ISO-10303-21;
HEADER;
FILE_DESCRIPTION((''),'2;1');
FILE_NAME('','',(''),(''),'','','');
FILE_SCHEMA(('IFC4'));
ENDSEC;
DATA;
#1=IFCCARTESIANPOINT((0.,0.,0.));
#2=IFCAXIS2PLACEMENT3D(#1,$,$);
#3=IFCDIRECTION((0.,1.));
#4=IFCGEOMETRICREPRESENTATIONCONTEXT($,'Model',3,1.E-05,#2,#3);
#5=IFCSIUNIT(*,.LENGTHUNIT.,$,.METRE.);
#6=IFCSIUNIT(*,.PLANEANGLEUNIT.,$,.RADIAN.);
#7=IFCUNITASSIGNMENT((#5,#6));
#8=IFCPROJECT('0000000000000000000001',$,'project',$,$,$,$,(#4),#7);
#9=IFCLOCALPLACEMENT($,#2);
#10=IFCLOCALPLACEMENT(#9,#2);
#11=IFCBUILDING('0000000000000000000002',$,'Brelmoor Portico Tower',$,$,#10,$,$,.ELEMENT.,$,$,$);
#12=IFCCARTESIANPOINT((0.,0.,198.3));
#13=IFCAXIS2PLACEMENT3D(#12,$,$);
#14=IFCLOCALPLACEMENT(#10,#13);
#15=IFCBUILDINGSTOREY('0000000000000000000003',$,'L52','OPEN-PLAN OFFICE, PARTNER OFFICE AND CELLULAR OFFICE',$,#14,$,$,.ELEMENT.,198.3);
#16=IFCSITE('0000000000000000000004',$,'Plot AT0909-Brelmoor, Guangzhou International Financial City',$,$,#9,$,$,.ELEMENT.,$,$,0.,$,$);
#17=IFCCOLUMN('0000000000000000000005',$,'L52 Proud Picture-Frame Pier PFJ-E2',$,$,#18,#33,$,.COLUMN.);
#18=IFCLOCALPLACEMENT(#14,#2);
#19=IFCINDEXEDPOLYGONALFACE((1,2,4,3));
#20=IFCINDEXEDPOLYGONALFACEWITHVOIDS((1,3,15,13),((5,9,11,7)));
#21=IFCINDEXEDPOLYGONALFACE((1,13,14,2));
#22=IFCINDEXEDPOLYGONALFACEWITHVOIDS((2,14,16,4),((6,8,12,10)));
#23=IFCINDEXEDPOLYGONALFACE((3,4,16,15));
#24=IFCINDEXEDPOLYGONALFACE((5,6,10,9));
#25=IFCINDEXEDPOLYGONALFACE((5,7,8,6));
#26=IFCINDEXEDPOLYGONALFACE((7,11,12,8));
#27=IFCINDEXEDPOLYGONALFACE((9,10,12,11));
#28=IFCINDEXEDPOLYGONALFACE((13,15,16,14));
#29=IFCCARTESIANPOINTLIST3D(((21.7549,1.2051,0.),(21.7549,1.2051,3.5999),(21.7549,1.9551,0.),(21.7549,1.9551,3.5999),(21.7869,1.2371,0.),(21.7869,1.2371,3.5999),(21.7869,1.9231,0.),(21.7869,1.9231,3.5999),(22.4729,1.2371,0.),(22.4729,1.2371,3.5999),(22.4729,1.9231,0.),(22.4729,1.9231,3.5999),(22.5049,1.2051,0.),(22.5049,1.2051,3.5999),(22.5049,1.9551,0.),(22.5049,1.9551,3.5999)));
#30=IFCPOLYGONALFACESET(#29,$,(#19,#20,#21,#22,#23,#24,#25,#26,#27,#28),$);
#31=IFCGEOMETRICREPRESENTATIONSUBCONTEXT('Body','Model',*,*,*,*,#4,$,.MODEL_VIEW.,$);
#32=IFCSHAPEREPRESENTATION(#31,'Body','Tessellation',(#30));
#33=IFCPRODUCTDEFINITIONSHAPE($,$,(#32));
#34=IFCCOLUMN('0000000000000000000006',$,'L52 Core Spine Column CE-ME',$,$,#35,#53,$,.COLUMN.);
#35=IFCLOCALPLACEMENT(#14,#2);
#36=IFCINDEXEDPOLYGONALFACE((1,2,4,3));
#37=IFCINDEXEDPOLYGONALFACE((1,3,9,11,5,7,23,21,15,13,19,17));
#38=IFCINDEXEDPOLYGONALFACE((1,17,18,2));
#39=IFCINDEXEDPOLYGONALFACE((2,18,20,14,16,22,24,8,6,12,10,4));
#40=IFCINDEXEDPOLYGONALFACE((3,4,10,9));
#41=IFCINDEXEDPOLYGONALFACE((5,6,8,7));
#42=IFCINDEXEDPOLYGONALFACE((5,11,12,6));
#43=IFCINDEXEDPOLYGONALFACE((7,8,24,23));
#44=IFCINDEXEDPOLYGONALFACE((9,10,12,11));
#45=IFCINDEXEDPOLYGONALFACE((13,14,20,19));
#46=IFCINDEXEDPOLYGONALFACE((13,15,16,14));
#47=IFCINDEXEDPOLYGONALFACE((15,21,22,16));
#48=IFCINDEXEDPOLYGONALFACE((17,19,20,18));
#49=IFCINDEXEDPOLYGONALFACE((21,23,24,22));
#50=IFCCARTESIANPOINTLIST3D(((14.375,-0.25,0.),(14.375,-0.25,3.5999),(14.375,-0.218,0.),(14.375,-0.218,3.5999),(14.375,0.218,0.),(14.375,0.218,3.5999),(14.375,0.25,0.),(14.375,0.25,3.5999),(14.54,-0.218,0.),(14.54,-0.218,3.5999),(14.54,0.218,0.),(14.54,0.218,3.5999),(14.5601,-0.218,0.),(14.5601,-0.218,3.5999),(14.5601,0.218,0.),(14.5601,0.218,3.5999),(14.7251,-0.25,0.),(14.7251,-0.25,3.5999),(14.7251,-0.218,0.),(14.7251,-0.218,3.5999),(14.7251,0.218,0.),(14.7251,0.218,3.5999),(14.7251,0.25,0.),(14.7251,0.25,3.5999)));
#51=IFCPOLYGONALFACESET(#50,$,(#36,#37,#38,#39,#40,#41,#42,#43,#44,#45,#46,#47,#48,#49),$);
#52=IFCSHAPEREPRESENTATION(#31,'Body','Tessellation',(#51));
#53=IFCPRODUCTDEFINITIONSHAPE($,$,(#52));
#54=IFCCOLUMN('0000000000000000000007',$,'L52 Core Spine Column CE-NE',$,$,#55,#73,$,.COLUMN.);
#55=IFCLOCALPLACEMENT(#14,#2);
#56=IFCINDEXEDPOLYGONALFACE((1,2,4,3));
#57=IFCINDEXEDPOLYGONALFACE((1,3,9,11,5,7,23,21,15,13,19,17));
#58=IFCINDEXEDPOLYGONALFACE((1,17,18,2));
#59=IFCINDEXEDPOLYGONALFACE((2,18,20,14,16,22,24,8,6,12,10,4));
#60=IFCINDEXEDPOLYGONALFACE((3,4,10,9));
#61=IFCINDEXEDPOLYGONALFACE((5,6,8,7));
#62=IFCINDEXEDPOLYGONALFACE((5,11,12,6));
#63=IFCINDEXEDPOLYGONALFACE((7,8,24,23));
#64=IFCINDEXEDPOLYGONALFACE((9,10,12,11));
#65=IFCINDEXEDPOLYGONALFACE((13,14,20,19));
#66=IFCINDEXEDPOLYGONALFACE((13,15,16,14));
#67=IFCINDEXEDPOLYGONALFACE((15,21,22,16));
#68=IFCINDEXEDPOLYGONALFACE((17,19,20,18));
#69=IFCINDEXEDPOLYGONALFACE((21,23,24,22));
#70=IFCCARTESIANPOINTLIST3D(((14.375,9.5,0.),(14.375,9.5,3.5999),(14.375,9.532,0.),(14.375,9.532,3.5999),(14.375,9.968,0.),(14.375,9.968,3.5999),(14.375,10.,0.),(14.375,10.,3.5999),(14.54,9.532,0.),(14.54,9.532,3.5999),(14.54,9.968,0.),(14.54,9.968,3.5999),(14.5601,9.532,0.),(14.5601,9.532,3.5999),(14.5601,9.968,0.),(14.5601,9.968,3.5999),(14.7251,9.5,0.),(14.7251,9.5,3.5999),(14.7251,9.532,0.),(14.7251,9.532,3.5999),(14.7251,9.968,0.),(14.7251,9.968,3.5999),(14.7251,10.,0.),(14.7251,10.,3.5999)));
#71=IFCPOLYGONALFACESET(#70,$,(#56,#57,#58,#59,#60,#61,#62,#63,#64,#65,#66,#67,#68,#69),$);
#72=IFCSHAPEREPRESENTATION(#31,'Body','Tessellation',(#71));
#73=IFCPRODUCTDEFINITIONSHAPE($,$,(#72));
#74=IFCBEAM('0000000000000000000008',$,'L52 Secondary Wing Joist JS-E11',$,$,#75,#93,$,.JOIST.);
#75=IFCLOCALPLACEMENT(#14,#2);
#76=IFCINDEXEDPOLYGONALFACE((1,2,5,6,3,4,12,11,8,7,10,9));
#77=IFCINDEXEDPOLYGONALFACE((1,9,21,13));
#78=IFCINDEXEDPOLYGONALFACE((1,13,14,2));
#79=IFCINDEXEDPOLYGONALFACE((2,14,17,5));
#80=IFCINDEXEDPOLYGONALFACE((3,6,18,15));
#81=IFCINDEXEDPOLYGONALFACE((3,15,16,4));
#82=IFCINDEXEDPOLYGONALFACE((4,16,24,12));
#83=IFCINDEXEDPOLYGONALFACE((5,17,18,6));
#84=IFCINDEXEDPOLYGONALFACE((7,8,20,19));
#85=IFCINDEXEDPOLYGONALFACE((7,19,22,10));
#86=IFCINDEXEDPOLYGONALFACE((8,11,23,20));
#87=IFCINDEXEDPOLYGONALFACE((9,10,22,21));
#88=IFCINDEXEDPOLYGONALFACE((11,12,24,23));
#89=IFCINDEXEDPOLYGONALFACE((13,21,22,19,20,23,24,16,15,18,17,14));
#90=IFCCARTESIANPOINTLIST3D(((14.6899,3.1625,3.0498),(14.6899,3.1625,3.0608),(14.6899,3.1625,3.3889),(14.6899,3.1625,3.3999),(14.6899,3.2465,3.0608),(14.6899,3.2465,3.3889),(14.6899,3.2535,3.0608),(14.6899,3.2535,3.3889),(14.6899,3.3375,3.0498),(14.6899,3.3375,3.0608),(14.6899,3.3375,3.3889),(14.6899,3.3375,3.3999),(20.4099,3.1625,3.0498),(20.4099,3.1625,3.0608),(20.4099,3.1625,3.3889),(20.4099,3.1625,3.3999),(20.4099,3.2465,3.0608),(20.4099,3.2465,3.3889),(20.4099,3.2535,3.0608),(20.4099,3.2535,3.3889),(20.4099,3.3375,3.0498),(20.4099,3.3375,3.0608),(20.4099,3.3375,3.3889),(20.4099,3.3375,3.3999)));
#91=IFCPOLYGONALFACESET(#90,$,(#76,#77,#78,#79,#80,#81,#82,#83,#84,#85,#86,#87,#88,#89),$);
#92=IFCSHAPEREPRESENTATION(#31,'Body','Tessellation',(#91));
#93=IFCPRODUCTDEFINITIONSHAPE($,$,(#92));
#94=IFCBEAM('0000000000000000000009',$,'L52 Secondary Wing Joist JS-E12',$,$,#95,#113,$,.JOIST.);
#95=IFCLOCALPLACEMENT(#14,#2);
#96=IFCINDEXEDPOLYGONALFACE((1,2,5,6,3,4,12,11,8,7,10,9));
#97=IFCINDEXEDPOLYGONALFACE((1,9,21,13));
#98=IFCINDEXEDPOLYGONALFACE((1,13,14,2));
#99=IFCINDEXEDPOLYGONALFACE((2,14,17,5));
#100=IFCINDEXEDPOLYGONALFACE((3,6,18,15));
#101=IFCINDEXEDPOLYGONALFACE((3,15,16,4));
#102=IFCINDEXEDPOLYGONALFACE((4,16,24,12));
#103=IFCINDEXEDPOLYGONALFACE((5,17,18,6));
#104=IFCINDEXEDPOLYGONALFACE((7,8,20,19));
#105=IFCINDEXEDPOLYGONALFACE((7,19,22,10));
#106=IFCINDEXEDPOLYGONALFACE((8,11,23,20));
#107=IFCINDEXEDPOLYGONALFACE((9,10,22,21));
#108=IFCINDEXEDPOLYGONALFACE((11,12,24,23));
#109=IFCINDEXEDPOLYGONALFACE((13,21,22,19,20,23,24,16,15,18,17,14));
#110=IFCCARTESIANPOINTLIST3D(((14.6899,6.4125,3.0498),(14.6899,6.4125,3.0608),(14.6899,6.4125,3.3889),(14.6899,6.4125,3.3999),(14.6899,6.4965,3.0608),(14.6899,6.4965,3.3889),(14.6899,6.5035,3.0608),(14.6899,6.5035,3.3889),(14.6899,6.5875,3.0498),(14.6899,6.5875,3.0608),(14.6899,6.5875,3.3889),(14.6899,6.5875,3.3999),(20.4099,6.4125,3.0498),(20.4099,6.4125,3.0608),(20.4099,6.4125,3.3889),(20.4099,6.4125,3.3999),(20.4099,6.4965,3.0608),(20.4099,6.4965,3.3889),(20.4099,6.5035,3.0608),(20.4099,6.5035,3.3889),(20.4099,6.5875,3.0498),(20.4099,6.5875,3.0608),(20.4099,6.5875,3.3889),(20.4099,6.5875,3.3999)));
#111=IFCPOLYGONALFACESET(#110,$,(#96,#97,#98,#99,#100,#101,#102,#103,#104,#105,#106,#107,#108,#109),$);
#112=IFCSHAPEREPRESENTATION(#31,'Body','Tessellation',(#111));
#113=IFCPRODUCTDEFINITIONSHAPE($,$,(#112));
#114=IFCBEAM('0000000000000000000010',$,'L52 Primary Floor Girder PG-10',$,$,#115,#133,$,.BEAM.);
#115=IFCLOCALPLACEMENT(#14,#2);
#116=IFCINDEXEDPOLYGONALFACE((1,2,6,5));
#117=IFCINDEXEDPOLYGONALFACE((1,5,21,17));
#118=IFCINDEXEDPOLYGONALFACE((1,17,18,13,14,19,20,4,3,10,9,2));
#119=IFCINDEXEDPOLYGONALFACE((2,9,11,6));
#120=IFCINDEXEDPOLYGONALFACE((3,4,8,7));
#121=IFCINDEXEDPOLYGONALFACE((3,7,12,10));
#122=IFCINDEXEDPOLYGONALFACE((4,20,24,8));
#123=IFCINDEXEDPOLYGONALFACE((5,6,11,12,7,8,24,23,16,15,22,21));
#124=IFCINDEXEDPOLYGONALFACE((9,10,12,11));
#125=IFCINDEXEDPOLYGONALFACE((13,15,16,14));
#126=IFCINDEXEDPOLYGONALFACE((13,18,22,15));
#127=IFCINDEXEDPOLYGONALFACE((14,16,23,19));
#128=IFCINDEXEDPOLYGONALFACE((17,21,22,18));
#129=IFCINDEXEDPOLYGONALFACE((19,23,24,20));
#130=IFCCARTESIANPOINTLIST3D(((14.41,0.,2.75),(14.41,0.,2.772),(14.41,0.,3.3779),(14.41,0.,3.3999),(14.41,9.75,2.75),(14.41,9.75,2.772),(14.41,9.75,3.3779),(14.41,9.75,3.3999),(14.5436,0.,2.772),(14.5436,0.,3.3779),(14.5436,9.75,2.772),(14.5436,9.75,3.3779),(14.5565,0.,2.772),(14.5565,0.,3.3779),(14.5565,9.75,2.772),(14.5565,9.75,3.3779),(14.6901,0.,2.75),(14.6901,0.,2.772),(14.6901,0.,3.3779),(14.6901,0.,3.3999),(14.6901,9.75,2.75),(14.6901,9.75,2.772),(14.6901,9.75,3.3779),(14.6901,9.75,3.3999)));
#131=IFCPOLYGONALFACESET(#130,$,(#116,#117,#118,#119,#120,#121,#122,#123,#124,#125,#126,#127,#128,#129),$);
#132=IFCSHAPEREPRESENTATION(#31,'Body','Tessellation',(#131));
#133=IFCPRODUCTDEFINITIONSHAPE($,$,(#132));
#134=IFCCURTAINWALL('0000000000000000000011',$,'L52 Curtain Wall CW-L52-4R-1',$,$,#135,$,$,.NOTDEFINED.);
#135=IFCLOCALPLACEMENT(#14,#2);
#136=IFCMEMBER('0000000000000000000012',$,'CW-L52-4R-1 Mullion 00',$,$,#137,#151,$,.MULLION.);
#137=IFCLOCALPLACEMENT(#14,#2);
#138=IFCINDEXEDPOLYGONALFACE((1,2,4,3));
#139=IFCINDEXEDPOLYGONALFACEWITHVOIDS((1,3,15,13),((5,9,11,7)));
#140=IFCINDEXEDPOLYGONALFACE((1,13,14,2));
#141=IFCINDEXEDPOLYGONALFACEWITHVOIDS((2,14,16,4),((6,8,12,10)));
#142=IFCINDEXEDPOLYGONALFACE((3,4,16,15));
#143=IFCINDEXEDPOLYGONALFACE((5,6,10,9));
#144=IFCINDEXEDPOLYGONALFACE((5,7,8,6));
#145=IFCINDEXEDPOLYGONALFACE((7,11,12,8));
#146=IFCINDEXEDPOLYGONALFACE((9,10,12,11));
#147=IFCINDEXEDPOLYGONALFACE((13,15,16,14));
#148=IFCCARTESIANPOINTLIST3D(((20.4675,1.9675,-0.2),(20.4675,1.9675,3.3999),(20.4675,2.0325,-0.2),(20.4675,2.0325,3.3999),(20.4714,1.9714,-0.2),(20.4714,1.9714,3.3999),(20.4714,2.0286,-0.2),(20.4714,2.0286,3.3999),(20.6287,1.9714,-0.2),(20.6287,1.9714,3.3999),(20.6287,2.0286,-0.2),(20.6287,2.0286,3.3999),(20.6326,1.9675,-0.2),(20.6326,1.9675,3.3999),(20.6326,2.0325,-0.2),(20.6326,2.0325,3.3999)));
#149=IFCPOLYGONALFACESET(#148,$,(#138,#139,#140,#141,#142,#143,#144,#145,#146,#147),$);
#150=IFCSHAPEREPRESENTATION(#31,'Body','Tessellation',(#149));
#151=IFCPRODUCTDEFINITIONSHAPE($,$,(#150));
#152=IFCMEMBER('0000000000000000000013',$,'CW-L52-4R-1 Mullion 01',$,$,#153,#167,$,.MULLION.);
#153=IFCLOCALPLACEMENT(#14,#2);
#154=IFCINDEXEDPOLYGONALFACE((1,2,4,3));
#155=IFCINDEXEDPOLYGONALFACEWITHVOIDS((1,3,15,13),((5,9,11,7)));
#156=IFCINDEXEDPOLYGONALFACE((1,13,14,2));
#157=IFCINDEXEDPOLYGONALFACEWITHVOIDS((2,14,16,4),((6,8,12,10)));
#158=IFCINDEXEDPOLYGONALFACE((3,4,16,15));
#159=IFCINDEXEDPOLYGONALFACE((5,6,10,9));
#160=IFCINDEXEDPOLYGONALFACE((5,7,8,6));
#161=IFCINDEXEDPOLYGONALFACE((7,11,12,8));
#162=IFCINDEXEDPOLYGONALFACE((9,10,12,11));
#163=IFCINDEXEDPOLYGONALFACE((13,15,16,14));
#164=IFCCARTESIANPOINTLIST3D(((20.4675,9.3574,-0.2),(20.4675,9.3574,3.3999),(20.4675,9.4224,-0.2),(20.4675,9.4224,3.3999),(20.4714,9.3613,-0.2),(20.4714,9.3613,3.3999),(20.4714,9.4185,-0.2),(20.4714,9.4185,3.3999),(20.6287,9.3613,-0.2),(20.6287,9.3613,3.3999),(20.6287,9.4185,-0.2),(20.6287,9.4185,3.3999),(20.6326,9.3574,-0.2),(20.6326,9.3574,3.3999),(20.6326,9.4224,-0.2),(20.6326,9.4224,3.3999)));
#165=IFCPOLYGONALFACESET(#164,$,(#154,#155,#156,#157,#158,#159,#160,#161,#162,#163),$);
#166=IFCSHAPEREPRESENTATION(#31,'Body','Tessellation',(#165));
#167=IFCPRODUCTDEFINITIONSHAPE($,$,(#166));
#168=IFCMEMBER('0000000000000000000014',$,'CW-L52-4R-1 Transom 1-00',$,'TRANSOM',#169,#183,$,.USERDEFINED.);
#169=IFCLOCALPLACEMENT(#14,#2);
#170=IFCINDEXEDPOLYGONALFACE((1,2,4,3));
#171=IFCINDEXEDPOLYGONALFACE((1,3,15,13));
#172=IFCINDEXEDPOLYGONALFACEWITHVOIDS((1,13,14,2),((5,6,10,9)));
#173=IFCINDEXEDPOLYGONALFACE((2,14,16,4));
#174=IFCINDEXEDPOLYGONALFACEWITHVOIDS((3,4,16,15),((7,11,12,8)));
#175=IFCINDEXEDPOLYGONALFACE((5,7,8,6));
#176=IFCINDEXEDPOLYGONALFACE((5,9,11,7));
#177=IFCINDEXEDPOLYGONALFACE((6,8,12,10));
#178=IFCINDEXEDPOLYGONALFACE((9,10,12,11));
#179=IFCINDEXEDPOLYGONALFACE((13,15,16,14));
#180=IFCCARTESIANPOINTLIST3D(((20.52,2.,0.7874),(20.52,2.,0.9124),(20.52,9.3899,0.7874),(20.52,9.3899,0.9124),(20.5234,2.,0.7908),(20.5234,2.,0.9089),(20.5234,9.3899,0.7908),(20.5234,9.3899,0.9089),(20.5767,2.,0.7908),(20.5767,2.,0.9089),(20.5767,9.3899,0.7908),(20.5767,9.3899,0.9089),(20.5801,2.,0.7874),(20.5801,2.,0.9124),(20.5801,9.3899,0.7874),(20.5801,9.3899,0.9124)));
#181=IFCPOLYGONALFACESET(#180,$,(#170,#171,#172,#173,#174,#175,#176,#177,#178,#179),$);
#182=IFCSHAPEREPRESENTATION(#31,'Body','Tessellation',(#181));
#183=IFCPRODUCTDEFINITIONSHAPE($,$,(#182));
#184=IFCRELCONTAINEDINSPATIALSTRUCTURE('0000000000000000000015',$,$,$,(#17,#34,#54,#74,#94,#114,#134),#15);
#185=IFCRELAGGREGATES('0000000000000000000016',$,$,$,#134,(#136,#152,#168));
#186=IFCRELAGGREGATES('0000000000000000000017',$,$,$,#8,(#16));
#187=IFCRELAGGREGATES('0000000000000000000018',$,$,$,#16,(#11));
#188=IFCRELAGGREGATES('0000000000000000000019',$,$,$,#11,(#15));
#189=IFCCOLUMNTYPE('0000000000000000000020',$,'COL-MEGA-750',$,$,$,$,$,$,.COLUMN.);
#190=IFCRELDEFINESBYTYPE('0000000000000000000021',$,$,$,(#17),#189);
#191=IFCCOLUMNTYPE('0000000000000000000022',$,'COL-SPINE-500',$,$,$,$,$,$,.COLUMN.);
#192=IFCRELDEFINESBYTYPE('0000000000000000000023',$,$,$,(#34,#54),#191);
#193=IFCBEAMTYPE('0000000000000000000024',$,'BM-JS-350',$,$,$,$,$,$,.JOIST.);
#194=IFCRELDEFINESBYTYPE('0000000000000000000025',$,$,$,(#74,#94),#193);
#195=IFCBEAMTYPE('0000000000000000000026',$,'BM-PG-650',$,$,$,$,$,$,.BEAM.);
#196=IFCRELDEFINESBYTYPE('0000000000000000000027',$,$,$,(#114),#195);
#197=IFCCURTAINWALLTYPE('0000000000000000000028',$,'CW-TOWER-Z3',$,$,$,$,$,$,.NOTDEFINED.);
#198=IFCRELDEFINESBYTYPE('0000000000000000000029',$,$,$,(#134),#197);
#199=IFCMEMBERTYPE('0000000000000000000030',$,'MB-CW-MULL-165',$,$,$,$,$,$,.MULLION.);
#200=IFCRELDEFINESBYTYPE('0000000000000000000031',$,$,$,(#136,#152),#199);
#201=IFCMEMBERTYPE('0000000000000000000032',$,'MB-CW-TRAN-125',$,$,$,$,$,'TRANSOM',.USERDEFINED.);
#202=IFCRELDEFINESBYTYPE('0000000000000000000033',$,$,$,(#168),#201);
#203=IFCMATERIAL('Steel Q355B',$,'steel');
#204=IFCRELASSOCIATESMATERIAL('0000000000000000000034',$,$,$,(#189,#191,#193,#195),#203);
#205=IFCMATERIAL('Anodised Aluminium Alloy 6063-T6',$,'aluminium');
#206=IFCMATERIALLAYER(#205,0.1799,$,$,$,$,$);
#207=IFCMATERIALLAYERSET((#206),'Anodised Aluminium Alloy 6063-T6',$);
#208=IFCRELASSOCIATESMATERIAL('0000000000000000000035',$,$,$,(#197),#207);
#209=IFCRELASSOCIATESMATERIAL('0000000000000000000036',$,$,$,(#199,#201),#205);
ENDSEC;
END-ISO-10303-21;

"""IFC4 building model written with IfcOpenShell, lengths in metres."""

from ifc_helpers import new_model, si_unit, direction, frame, origin, origin_2d, place, context, subcontext, project, spatial, hollow_rectangle, i_section, extrude, material, layer, layer_set, material_profile, profile_set, type_object, element, aggregate, save


model = new_model("IFC4")

# Units and contexts
model_context = context("Model", 3, precision=1e-05, world=origin(), true_north=direction((0.0, 1.0)))
body_context = subcontext(model_context, "Body", "Model", "MODEL_VIEW")
ifc_project = project(units=[si_unit("LENGTHUNIT", "METRE"), si_unit("PLANEANGLEUNIT", "RADIAN")], contexts=[model_context])

# Site, building, storey
site_placement = place(None, origin())
site = spatial("IfcSite", under=ifc_project, at=site_placement, Name="Plot AT0909-Brelmoor, Guangzhou International Financial City", CompositionType="ELEMENT", RefElevation=0.0)
building_placement = place(site_placement, origin())
building = spatial("IfcBuilding", under=site, at=building_placement, Name="Brelmoor Portico Tower", CompositionType="ELEMENT")
storey_placement = place(building_placement, frame((0.0, 0.0, 198.3)))
storey = spatial("IfcBuildingStorey", under=building, at=storey_placement, Name="L52", Description="OPEN-PLAN OFFICE, PARTNER OFFICE AND CELLULAR OFFICE", CompositionType="ELEMENT", Elevation=198.3)

# Columns
ifc_material_1 = material(Name="Steel Q355B", Category="steel")
ifc_material_profile_1 = material_profile(ifc_material_1, hollow_rectangle(XDim=0.75, YDim=0.75, WallThickness=0.032, at=origin_2d()), Name="BOX 750x750x32")
ifc_profile_set_1 = profile_set([ifc_material_profile_1], Name="Steel Q355B")
column_type_1 = type_object("IfcColumnType", Name="COL-MEGA-750", PredefinedType="COLUMN", material=ifc_profile_set_1)
column_placement = place(storey_placement, frame((22.1299, 1.5801, 0.0), z_axis=(0.0, 0.0, 1.0), x_axis=(0.0, 1.0, 0.0)))
element("IfcColumn", 1, at=column_placement, inside=storey, type_object=column_type_1, Name="L52 Proud Picture-Frame Pier PFJ-E2", PredefinedType="COLUMN", context=body_context, shape_type="SweptSolid", body=[
    extrude(hollow_rectangle(XDim=0.75, YDim=0.75, WallThickness=0.032, at=origin_2d()), origin(), (0.0, 0.0, 1.0), 3.5999),
])
ifc_material_profile_2 = material_profile(ifc_material_1, i_section(OverallWidth=0.3501, OverallDepth=0.5, WebThickness=0.02, FlangeThickness=0.032, at=origin_2d()), Name="HW 500x350x20x32")
ifc_profile_set_2 = profile_set([ifc_material_profile_2], Name="Steel Q355B")
column_type_2 = type_object("IfcColumnType", Name="COL-SPINE-500", PredefinedType="COLUMN", material=ifc_profile_set_2)
for number, where, z_axis, x_axis, name in (
    (2, (14.55, 0.0, 0.0), (0.0, 0.0, 1.0), (1.0, 0.0, 0.0), "L52 Core Spine Column CE-ME"),
    (3, (14.55, 9.75, 0.0), (0.0, 0.0, 1.0), (1.0, 0.0, 0.0), "L52 Core Spine Column CE-NE"),
):
    element("IfcColumn", number, at=place(storey_placement, frame(where, z_axis=z_axis, x_axis=x_axis)), inside=storey, type_object=column_type_2, Name=name, PredefinedType="COLUMN", context=body_context, shape_type="SweptSolid", body=[
        extrude(i_section(OverallWidth=0.3501, OverallDepth=0.5, WebThickness=0.02, FlangeThickness=0.032, at=origin_2d()), origin(), (0.0, 0.0, 1.0), 3.5999),
    ])

# Beams
ifc_material_profile_3 = material_profile(ifc_material_1, i_section(OverallWidth=0.175, OverallDepth=0.3501, WebThickness=0.0071, FlangeThickness=0.011, at=origin_2d()), Name="HN 350x175x7x11")
ifc_profile_set_3 = profile_set([ifc_material_profile_3], Name="Steel Q355B")
beam_type_1 = type_object("IfcBeamType", Name="BM-JS-350", PredefinedType="JOIST", material=ifc_profile_set_3)
for number, where, z_axis, x_axis, name in (
    (4, (14.6899, 3.25, 3.2249), (1.0, 0.0, 0.0), (0.0, 1.0, 0.0), "L52 Secondary Wing Joist JS-E11"),
    (5, (14.6899, 6.5, 3.2249), (1.0, 0.0, 0.0), (0.0, 1.0, 0.0), "L52 Secondary Wing Joist JS-E12"),
):
    element("IfcBeam", number, at=place(storey_placement, frame(where, z_axis=z_axis, x_axis=x_axis)), inside=storey, type_object=beam_type_1, Name=name, PredefinedType="JOIST", context=body_context, shape_type="SweptSolid", body=[
        extrude(i_section(OverallWidth=0.175, OverallDepth=0.3501, WebThickness=0.0071, FlangeThickness=0.011, at=origin_2d()), origin(), (0.0, 0.0, 1.0), 5.72),
    ])
ifc_material_profile_4 = material_profile(ifc_material_1, i_section(OverallWidth=0.28, OverallDepth=0.6499, WebThickness=0.0129, FlangeThickness=0.022, at=origin_2d()), Name="HN 650x280x13x22")
ifc_profile_set_4 = profile_set([ifc_material_profile_4], Name="Steel Q355B")
beam_type_2 = type_object("IfcBeamType", Name="BM-PG-650", PredefinedType="BEAM", material=ifc_profile_set_4)
beam_placement = place(storey_placement, frame((14.55, 0.0, 3.075), z_axis=(0.0, 1.0, 0.0), x_axis=(-1.0, 0.0, 0.0)))
element("IfcBeam", 6, at=beam_placement, inside=storey, type_object=beam_type_2, Name="L52 Primary Floor Girder PG-10", PredefinedType="BEAM", context=body_context, shape_type="SweptSolid", body=[
    extrude(i_section(OverallWidth=0.28, OverallDepth=0.6499, WebThickness=0.0129, FlangeThickness=0.022, at=origin_2d()), origin(), (0.0, 0.0, 1.0), 9.75),
])

# Curtain wall, members
ifc_material_2 = material(Name="Anodised Aluminium Alloy 6063-T6", Category="aluminium")
ifc_layer_1 = layer(ifc_material_2, 0.1799)
ifc_layer_set_1 = layer_set([ifc_layer_1], Name="Anodised Aluminium Alloy 6063-T6")
curtain_wall_type = type_object("IfcCurtainWallType", Name="CW-TOWER-Z3", PredefinedType="NOTDEFINED", material=ifc_layer_set_1)
curtain_wall_placement = place(storey_placement, origin())
curtain_wall = element("IfcCurtainWall", 7, at=curtain_wall_placement, inside=storey, type_object=curtain_wall_type, Name="L52 Curtain Wall CW-L52-4R-1", PredefinedType="NOTDEFINED")
ifc_material_profile_5 = material_profile(ifc_material_2, hollow_rectangle(XDim=0.0649, YDim=0.165, WallThickness=0.0039, at=origin_2d()), Name="ALU MULLION 65x165")
ifc_profile_set_5 = profile_set([ifc_material_profile_5], Name="Anodised Aluminium Alloy 6063-T6")
member_type_1 = type_object("IfcMemberType", Name="MB-CW-MULL-165", PredefinedType="MULLION", material=ifc_profile_set_5)
member_1_placement = place(storey_placement, frame((20.55, 2.0, -0.2), z_axis=(0.0, 0.0, 1.0), x_axis=(0.0, 1.0, 0.0)))
member_1 = element("IfcMember", 8, at=member_1_placement, type_object=member_type_1, Name="CW-L52-4R-1 Mullion 00", PredefinedType="MULLION", context=body_context, shape_type="SweptSolid", body=[
    extrude(hollow_rectangle(XDim=0.0649, YDim=0.165, WallThickness=0.0039, at=origin_2d()), origin(), (0.0, 0.0, 1.0), 3.5999),
])
member_2_placement = place(storey_placement, frame((20.55, 9.3899, -0.2), z_axis=(0.0, 0.0, 1.0), x_axis=(0.0, 1.0, 0.0)))
member_2 = element("IfcMember", 9, at=member_2_placement, type_object=member_type_1, Name="CW-L52-4R-1 Mullion 01", PredefinedType="MULLION", context=body_context, shape_type="SweptSolid", body=[
    extrude(hollow_rectangle(XDim=0.0649, YDim=0.165, WallThickness=0.0039, at=origin_2d()), origin(), (0.0, 0.0, 1.0), 3.5999),
])
ifc_material_profile_6 = material_profile(ifc_material_2, hollow_rectangle(XDim=0.0601, YDim=0.125, WallThickness=0.0034, at=origin_2d()), Name="ALU TRANSOM 60x125")
ifc_profile_set_6 = profile_set([ifc_material_profile_6], Name="Anodised Aluminium Alloy 6063-T6")
member_type_2 = type_object("IfcMemberType", Name="MB-CW-TRAN-125", ElementType="TRANSOM", PredefinedType="USERDEFINED", material=ifc_profile_set_6)
member_3_placement = place(storey_placement, frame((20.55, 2.0, 0.8499), z_axis=(0.0, 1.0, 0.0), x_axis=(-1.0, 0.0, 0.0)))
member_3 = element("IfcMember", 10, at=member_3_placement, type_object=member_type_2, Name="CW-L52-4R-1 Transom 1-00", ObjectType="TRANSOM", PredefinedType="USERDEFINED", context=body_context, shape_type="SweptSolid", body=[
    extrude(hollow_rectangle(XDim=0.0601, YDim=0.125, WallThickness=0.0034, at=origin_2d()), origin(), (0.0, 0.0, 1.0), 7.3899),
])

aggregate(curtain_wall, [member_1, member_2, member_3])

save(model, "model.ifc")
